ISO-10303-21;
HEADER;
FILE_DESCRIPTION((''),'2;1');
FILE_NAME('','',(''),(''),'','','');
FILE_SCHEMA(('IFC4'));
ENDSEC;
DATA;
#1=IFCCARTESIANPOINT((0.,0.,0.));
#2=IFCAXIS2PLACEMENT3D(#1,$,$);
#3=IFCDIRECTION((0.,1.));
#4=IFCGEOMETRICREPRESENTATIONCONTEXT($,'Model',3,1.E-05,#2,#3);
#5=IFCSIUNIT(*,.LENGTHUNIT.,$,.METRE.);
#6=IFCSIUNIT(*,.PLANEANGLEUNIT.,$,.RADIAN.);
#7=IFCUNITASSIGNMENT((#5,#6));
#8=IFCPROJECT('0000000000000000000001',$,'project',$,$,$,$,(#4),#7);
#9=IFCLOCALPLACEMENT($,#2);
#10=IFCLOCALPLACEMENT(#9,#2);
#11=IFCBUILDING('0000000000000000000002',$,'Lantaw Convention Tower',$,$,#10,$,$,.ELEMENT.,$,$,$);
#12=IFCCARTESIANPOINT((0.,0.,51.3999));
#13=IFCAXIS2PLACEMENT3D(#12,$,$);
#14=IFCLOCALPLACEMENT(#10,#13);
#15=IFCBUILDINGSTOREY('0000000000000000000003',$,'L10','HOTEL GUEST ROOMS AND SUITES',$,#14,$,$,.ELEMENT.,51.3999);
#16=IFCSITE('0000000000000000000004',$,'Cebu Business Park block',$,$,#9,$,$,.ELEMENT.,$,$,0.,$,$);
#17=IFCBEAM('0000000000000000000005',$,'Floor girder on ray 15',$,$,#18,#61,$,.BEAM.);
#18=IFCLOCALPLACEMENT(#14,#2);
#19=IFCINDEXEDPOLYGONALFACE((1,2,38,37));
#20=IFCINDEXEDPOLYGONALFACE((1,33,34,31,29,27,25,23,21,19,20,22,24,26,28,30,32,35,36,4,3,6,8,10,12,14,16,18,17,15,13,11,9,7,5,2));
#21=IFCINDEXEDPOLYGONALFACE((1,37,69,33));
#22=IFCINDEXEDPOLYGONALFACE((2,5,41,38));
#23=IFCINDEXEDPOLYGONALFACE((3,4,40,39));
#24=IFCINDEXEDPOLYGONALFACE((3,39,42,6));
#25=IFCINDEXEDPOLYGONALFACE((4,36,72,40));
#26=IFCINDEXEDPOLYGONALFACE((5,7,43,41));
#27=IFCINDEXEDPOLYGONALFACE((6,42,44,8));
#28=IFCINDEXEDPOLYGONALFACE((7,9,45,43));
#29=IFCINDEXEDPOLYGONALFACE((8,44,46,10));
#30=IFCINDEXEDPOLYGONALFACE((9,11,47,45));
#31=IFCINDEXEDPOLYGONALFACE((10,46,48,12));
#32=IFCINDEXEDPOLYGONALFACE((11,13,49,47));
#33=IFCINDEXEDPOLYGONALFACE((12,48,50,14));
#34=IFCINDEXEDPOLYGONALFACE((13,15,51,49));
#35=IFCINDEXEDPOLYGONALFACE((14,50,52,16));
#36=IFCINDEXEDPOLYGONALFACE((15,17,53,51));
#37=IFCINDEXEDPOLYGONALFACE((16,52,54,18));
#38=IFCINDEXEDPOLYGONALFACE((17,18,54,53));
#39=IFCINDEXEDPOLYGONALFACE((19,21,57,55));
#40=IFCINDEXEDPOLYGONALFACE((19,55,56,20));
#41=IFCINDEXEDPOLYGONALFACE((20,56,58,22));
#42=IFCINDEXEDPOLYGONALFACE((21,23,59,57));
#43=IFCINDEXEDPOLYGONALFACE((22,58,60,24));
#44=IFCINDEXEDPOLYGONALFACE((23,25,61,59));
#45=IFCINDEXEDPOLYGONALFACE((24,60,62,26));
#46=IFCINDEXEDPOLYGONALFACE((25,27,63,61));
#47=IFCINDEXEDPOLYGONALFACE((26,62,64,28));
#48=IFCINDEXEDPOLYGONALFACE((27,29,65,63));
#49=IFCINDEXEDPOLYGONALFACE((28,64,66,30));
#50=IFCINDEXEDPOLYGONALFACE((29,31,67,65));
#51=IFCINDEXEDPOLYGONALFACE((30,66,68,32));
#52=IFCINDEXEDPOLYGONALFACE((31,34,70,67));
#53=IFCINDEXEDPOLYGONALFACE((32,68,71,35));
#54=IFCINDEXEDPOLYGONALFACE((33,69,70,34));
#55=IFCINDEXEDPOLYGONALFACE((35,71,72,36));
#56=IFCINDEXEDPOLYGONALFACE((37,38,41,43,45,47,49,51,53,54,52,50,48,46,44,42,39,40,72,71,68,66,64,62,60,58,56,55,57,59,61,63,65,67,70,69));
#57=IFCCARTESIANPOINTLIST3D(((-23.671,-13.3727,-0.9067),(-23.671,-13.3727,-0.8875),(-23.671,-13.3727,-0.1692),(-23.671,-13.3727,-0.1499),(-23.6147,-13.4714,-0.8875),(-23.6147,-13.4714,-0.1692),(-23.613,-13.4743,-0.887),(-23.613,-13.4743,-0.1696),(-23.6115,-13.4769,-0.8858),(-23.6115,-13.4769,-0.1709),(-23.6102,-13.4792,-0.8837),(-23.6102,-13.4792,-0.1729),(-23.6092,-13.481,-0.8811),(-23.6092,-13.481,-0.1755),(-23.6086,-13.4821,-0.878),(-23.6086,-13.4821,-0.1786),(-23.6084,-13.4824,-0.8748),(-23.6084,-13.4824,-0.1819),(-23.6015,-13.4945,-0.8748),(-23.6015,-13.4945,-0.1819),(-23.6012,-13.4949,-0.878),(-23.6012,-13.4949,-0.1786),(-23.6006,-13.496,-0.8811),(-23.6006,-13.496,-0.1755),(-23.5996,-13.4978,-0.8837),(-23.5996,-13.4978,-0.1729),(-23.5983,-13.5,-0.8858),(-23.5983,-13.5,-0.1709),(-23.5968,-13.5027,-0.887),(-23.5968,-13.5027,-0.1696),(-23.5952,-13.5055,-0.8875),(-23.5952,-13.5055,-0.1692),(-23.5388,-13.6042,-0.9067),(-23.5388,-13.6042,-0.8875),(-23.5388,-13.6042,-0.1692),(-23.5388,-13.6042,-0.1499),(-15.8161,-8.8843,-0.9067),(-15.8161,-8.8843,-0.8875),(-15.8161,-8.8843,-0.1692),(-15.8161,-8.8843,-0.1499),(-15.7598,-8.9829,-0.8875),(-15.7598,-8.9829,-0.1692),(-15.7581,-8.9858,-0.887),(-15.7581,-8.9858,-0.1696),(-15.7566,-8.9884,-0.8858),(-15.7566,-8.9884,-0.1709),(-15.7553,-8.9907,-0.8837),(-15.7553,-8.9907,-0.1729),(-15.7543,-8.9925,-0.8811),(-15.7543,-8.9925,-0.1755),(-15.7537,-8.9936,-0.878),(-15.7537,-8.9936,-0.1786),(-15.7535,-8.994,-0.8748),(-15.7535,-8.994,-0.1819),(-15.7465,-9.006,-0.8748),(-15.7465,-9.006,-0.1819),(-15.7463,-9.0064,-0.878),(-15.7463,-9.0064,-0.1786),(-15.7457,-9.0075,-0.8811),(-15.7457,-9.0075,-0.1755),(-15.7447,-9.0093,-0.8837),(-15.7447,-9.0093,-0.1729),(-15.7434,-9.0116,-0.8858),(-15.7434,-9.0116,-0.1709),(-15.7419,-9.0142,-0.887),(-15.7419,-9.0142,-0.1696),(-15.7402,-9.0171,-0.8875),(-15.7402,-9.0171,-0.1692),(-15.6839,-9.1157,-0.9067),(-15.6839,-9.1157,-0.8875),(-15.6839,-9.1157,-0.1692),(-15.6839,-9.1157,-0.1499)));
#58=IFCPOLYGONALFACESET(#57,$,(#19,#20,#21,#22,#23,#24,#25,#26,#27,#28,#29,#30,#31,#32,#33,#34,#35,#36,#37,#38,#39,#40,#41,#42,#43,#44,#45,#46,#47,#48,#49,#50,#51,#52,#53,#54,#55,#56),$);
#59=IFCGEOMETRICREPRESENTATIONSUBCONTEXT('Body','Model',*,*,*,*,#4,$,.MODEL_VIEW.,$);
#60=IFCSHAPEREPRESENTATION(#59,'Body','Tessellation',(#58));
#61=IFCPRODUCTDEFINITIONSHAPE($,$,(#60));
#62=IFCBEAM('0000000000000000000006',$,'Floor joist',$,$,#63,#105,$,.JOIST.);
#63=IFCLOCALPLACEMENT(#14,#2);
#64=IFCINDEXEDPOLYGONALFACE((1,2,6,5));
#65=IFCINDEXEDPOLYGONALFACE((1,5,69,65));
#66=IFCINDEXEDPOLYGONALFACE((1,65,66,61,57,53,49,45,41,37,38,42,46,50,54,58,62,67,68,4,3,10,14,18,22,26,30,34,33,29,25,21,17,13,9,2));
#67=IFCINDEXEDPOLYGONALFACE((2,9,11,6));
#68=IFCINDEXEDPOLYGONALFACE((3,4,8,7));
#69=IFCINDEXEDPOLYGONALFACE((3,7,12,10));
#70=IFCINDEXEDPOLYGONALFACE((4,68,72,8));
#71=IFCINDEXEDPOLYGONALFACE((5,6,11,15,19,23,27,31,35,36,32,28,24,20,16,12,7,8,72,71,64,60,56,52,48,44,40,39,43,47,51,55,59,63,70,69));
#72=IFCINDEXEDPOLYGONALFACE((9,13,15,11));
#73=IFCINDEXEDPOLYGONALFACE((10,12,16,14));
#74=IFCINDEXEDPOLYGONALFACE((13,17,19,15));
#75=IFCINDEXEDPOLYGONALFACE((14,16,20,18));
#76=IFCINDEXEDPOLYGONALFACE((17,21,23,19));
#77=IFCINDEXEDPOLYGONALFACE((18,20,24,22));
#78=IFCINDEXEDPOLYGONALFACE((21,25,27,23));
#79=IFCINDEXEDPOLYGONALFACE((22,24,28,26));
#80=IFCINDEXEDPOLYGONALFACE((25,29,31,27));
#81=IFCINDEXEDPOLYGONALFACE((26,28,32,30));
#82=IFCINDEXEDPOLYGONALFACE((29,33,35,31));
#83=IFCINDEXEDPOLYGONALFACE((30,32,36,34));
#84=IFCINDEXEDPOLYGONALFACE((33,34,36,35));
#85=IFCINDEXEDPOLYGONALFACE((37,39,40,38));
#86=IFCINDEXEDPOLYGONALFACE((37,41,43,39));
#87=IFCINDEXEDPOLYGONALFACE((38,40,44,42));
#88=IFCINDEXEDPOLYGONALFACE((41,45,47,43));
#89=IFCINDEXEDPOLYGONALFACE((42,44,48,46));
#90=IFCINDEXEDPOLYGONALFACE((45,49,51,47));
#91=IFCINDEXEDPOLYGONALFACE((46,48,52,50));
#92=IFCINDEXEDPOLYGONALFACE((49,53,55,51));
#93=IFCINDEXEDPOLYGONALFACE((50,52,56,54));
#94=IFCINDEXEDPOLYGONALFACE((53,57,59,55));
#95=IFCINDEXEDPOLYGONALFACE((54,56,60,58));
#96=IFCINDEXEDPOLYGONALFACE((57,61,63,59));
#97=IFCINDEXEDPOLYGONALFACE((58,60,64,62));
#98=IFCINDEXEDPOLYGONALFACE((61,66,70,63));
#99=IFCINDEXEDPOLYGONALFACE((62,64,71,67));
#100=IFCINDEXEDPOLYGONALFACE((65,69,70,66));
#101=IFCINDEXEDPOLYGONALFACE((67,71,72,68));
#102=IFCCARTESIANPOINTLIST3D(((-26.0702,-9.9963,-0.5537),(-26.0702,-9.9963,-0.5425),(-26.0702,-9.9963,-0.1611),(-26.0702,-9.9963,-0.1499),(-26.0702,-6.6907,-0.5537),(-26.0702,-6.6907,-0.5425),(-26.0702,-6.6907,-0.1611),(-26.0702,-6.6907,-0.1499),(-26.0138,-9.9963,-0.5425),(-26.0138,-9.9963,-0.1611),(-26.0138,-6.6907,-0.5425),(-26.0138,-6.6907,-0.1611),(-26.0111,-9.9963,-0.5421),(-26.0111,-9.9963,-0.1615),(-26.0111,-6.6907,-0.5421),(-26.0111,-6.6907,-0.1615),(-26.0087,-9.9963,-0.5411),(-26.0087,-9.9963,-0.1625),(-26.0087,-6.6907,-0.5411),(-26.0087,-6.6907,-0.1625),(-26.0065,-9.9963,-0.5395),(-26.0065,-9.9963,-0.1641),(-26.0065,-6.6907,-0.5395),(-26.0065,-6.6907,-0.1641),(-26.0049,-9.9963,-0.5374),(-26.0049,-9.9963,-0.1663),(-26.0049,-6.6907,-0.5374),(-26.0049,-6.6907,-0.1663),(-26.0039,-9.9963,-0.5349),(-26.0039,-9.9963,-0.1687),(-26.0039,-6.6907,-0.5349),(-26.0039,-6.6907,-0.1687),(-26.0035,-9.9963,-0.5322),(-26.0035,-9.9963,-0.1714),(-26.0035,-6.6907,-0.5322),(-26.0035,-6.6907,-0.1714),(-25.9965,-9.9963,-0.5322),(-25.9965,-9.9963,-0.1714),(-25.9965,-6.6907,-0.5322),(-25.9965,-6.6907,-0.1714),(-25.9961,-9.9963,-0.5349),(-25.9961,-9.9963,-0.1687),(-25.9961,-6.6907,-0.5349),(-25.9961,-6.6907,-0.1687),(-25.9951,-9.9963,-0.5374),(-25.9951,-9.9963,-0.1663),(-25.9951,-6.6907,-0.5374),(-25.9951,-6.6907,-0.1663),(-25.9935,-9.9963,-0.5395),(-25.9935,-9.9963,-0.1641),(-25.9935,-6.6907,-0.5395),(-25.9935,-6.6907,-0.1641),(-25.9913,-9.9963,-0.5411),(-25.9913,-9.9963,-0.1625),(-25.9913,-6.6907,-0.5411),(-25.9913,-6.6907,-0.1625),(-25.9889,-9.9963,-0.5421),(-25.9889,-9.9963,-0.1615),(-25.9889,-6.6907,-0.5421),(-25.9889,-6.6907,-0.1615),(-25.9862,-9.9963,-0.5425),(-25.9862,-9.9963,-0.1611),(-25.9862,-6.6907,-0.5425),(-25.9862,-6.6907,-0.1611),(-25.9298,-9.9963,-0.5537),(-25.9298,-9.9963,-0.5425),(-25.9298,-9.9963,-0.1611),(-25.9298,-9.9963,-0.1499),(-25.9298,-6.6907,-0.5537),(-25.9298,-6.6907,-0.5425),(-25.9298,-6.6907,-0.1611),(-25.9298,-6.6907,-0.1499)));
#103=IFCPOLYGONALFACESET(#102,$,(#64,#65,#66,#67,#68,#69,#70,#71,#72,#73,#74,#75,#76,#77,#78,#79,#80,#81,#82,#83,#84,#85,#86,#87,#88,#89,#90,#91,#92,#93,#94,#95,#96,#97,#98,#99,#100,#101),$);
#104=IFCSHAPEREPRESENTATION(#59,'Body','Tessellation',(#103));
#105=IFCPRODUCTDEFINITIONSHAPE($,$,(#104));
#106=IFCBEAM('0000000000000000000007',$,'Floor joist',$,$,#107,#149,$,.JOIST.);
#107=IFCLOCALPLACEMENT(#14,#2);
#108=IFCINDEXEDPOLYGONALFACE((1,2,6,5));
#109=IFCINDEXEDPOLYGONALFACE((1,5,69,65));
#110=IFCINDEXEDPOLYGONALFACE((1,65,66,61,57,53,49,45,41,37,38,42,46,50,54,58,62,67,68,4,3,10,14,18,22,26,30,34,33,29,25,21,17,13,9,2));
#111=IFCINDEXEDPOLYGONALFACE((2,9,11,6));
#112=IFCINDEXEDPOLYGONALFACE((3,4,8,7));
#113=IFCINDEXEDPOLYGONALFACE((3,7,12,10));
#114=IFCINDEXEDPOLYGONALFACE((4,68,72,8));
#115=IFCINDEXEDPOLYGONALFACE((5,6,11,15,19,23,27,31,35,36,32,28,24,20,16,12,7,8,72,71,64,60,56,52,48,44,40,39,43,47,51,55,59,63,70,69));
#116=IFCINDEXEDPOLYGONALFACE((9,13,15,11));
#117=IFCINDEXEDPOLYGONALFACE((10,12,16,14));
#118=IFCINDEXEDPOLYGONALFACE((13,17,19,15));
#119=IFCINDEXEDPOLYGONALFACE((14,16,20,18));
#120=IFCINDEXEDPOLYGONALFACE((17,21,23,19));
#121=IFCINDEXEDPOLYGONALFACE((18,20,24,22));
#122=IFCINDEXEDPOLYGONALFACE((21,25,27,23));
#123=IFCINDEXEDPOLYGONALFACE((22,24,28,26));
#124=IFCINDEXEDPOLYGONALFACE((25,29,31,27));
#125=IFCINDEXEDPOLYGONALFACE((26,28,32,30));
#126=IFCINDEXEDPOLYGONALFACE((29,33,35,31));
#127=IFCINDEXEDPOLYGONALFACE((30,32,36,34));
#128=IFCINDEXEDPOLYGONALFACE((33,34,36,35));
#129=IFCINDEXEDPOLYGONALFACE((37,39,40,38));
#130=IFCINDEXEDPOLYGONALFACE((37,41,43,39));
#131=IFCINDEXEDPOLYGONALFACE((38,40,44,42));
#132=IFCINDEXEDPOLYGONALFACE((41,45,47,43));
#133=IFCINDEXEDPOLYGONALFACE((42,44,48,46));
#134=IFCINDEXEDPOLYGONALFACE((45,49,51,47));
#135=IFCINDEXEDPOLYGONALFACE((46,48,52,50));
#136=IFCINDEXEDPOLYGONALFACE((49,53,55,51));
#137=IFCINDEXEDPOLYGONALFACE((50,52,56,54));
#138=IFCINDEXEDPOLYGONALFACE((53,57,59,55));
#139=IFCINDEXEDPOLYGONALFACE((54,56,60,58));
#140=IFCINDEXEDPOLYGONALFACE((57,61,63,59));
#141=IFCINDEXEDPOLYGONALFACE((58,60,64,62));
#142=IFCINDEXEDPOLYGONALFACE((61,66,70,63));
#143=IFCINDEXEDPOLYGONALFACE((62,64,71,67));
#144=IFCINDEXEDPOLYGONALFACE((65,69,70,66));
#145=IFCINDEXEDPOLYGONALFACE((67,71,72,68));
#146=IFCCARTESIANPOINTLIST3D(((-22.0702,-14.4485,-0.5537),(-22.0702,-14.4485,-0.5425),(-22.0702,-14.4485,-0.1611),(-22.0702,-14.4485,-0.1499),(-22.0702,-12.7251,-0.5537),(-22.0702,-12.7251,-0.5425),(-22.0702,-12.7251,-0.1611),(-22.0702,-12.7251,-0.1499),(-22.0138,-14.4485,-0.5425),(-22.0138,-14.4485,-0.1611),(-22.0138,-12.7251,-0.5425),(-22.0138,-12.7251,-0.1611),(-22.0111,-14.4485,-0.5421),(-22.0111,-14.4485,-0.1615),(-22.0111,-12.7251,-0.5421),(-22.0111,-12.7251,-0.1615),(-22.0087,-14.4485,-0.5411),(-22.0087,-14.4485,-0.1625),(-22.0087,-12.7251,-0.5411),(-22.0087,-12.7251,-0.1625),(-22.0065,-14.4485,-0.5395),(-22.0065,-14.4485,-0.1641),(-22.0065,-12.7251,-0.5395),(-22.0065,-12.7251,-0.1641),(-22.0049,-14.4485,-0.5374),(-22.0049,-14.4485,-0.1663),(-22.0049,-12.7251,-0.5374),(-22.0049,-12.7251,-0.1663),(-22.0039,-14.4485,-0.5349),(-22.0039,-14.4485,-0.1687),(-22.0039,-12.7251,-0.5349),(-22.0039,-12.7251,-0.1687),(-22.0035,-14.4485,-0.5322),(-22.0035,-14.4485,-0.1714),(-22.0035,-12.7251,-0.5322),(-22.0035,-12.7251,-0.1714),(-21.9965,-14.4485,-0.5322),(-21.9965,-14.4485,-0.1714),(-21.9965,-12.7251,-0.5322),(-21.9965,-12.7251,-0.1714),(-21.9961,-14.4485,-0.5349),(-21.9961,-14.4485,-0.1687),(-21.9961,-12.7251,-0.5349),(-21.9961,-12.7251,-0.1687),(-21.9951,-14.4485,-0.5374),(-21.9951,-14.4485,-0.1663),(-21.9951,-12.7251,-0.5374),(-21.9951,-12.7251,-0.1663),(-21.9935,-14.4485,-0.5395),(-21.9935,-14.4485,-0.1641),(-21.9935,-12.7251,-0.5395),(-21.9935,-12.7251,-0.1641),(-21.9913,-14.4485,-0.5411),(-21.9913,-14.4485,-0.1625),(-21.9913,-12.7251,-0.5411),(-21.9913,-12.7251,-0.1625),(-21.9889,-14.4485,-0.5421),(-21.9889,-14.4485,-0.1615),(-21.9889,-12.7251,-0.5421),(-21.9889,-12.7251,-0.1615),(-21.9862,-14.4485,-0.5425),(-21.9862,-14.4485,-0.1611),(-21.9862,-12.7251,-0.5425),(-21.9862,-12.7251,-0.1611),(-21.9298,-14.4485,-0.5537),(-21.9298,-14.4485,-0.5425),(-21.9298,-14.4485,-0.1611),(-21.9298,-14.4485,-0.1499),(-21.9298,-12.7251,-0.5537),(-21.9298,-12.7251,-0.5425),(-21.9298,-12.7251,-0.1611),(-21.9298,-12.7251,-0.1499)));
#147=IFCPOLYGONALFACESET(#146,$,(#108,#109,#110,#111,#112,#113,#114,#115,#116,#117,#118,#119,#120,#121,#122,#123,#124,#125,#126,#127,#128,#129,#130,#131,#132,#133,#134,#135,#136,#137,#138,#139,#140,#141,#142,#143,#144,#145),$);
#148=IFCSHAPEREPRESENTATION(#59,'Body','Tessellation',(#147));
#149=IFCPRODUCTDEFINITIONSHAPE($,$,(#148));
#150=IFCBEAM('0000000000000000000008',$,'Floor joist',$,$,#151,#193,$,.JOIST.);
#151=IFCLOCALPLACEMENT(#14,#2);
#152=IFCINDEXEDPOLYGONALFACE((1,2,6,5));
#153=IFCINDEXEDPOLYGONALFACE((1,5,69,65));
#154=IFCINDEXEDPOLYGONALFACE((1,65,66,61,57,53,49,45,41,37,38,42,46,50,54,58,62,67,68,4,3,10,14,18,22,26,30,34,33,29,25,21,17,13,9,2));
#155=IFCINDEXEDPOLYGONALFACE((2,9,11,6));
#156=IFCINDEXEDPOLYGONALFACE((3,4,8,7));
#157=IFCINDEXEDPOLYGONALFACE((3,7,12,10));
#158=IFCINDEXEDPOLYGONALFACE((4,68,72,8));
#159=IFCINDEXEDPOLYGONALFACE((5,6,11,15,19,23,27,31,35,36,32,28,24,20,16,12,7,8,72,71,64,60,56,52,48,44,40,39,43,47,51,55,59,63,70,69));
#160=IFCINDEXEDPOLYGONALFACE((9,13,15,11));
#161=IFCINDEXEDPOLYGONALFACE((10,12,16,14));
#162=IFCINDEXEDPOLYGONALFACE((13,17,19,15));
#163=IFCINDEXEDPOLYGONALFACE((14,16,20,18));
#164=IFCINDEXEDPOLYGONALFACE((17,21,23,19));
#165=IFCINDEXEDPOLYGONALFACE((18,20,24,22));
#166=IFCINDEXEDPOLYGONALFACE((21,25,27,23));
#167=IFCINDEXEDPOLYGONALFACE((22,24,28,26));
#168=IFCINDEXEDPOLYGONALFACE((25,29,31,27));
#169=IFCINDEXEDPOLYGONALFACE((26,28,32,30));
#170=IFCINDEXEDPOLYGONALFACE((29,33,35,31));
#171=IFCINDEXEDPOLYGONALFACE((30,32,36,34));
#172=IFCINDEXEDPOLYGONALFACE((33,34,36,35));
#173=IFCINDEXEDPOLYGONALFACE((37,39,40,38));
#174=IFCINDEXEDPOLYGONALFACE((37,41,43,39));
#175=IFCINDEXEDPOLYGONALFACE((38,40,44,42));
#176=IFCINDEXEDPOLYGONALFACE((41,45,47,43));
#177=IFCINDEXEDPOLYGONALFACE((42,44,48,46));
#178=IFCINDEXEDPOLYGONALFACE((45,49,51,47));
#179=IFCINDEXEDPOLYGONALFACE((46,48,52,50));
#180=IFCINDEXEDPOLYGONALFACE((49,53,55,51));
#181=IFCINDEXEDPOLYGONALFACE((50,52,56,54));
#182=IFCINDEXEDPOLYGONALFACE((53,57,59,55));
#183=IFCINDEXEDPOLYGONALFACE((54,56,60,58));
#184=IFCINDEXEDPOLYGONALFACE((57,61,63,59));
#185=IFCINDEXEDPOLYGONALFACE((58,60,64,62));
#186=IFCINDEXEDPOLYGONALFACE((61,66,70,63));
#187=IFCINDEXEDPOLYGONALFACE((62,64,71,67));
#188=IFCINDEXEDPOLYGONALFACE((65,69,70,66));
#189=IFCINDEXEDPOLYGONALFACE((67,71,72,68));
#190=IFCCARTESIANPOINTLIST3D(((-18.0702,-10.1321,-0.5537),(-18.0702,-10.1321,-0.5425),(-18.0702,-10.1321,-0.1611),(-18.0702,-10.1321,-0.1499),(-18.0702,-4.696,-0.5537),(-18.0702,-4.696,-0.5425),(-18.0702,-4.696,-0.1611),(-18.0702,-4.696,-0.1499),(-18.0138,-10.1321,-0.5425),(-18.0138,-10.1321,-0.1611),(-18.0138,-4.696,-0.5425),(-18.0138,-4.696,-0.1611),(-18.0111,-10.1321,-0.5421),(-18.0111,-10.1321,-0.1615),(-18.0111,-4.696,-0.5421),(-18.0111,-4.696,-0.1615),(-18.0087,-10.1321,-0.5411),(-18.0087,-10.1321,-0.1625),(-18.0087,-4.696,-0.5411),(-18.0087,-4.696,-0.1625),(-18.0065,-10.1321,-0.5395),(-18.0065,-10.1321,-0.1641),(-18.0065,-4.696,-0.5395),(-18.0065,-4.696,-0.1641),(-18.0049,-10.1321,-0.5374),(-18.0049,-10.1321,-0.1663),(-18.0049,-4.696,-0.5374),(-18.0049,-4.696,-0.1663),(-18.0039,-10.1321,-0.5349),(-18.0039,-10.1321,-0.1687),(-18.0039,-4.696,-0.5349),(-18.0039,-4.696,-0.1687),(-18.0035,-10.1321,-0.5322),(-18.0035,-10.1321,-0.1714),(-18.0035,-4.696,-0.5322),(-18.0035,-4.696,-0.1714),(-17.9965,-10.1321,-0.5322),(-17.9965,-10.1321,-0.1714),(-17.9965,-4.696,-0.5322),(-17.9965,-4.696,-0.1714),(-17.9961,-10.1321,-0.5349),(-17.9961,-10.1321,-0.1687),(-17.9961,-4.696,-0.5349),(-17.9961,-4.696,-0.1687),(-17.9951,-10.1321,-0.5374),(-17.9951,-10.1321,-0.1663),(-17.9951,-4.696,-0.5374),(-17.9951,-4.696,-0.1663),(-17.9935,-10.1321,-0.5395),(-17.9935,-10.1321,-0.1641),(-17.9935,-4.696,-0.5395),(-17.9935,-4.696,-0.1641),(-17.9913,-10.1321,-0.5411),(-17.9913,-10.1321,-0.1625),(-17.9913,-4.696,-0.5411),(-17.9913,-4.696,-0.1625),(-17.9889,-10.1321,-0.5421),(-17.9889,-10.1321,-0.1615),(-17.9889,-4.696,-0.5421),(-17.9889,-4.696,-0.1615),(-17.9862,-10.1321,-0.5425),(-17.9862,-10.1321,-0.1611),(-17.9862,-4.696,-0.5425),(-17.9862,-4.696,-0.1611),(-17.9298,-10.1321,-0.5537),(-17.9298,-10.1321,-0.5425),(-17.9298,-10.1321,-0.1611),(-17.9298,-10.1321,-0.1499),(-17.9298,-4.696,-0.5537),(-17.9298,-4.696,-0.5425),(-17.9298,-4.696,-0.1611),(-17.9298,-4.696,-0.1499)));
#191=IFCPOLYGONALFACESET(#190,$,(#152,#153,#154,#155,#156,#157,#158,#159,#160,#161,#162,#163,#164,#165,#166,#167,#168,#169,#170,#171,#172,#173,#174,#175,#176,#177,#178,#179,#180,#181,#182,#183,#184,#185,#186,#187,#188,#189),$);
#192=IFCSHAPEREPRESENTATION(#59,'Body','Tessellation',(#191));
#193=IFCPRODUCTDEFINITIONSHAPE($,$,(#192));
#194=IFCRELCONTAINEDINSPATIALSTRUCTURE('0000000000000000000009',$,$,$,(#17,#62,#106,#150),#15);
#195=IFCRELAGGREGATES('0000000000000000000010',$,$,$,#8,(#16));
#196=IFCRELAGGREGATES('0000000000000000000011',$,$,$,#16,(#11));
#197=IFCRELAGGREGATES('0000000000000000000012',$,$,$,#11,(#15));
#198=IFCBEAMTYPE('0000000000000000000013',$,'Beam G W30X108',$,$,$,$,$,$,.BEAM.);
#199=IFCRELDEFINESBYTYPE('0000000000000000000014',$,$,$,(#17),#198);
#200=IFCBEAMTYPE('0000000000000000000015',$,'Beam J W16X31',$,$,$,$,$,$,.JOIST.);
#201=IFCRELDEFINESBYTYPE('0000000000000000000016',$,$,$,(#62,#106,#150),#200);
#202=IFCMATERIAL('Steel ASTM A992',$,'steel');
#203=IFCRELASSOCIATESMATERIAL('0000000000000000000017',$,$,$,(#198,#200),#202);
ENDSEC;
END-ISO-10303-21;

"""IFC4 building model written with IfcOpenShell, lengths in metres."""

from ifc_helpers import new_model, si_unit, direction, frame, origin, origin_2d, place, context, subcontext, project, spatial, i_section, extrude, material, material_profile, profile_set, type_object, element, save


model = new_model("IFC4")

# Units and contexts
model_context = context("Model", 3, precision=1e-05, world=origin(), true_north=direction((0.0, 1.0)))
body_context = subcontext(model_context, "Body", "Model", "MODEL_VIEW")
ifc_project = project(units=[si_unit("LENGTHUNIT", "METRE"), si_unit("PLANEANGLEUNIT", "RADIAN")], contexts=[model_context])

# Site, building, storey
site_placement = place(None, origin())
site = spatial("IfcSite", under=ifc_project, at=site_placement, Name="Cebu Business Park block", CompositionType="ELEMENT", RefElevation=0.0)
building_placement = place(site_placement, origin())
building = spatial("IfcBuilding", under=site, at=building_placement, Name="Lantaw Convention Tower", CompositionType="ELEMENT")
storey_placement = place(building_placement, frame((0.0, 0.0, 51.3999)))
storey = spatial("IfcBuildingStorey", under=building, at=storey_placement, Name="L10", Description="HOTEL GUEST ROOMS AND SUITES", CompositionType="ELEMENT", Elevation=51.3999)

# Beams
ifc_material_1 = material(Name="Steel ASTM A992", Category="steel")
ifc_material_profile_1 = material_profile(ifc_material_1, i_section(OverallWidth=0.2666, OverallDepth=0.7568, WebThickness=0.0139, FlangeThickness=0.0193, FilletRadius=0.0127, at=origin_2d()), Name="W30X108")
ifc_profile_set_1 = profile_set([ifc_material_profile_1], Name="Steel ASTM A992")
beam_type_1 = type_object("IfcBeamType", Name="Beam G W30X108", PredefinedType="BEAM", material=ifc_profile_set_1)
beam_1_placement = place(storey_placement, frame((-15.75, -9.0, -0.5283), z_axis=(-0.868245, -0.496136, 0.0), x_axis=(0.496136, -0.868245, 0.0)))
element("IfcBeam", 1, at=beam_1_placement, inside=storey, type_object=beam_type_1, Name="Floor girder on ray 15", PredefinedType="BEAM", context=body_context, shape_type="SweptSolid", body=[
    extrude(i_section(OverallWidth=0.2666, OverallDepth=0.7568, WebThickness=0.0139, FlangeThickness=0.0193, FilletRadius=0.0127, at=origin_2d()), origin(), (0.0, 0.0, 1.0), 9.0469),
])
ifc_material_profile_2 = material_profile(ifc_material_1, i_section(OverallWidth=0.1404, OverallDepth=0.4038, WebThickness=0.0071, FlangeThickness=0.0112, FilletRadius=0.0103, at=origin_2d()), Name="W16X31")
ifc_profile_set_2 = profile_set([ifc_material_profile_2], Name="Steel ASTM A992")
beam_type_2 = type_object("IfcBeamType", Name="Beam J W16X31", PredefinedType="JOIST", material=ifc_profile_set_2)
beam_2_placement = place(storey_placement, frame((-26.0, -9.9963, -0.3518), z_axis=(0.0, 1.0, 0.0), x_axis=(-1.0, 0.0, 0.0)))
element("IfcBeam", 2, at=beam_2_placement, inside=storey, type_object=beam_type_2, Name="Floor joist", PredefinedType="JOIST", context=body_context, shape_type="SweptSolid", body=[
    extrude(i_section(OverallWidth=0.1404, OverallDepth=0.4038, WebThickness=0.0071, FlangeThickness=0.0112, FilletRadius=0.0103, at=origin_2d()), origin(), (0.0, 0.0, 1.0), 3.3057),
])
beam_3_placement = place(storey_placement, frame((-22.0, -14.4485, -0.3518), z_axis=(0.0, 1.0, 0.0), x_axis=(-1.0, 0.0, 0.0)))
element("IfcBeam", 3, at=beam_3_placement, inside=storey, type_object=beam_type_2, Name="Floor joist", PredefinedType="JOIST", context=body_context, shape_type="SweptSolid", body=[
    extrude(i_section(OverallWidth=0.1404, OverallDepth=0.4038, WebThickness=0.0071, FlangeThickness=0.0112, FilletRadius=0.0103, at=origin_2d()), origin(), (0.0, 0.0, 1.0), 1.7234),
])
beam_4_placement = place(storey_placement, frame((-18.0, -10.1321, -0.3518), z_axis=(0.0, 1.0, 0.0), x_axis=(-1.0, 0.0, 0.0)))
element("IfcBeam", 4, at=beam_4_placement, inside=storey, type_object=beam_type_2, Name="Floor joist", PredefinedType="JOIST", context=body_context, shape_type="SweptSolid", body=[
    extrude(i_section(OverallWidth=0.1404, OverallDepth=0.4038, WebThickness=0.0071, FlangeThickness=0.0112, FilletRadius=0.0103, at=origin_2d()), origin(), (0.0, 0.0, 1.0), 5.436),
])

save(model, "model.ifc")
